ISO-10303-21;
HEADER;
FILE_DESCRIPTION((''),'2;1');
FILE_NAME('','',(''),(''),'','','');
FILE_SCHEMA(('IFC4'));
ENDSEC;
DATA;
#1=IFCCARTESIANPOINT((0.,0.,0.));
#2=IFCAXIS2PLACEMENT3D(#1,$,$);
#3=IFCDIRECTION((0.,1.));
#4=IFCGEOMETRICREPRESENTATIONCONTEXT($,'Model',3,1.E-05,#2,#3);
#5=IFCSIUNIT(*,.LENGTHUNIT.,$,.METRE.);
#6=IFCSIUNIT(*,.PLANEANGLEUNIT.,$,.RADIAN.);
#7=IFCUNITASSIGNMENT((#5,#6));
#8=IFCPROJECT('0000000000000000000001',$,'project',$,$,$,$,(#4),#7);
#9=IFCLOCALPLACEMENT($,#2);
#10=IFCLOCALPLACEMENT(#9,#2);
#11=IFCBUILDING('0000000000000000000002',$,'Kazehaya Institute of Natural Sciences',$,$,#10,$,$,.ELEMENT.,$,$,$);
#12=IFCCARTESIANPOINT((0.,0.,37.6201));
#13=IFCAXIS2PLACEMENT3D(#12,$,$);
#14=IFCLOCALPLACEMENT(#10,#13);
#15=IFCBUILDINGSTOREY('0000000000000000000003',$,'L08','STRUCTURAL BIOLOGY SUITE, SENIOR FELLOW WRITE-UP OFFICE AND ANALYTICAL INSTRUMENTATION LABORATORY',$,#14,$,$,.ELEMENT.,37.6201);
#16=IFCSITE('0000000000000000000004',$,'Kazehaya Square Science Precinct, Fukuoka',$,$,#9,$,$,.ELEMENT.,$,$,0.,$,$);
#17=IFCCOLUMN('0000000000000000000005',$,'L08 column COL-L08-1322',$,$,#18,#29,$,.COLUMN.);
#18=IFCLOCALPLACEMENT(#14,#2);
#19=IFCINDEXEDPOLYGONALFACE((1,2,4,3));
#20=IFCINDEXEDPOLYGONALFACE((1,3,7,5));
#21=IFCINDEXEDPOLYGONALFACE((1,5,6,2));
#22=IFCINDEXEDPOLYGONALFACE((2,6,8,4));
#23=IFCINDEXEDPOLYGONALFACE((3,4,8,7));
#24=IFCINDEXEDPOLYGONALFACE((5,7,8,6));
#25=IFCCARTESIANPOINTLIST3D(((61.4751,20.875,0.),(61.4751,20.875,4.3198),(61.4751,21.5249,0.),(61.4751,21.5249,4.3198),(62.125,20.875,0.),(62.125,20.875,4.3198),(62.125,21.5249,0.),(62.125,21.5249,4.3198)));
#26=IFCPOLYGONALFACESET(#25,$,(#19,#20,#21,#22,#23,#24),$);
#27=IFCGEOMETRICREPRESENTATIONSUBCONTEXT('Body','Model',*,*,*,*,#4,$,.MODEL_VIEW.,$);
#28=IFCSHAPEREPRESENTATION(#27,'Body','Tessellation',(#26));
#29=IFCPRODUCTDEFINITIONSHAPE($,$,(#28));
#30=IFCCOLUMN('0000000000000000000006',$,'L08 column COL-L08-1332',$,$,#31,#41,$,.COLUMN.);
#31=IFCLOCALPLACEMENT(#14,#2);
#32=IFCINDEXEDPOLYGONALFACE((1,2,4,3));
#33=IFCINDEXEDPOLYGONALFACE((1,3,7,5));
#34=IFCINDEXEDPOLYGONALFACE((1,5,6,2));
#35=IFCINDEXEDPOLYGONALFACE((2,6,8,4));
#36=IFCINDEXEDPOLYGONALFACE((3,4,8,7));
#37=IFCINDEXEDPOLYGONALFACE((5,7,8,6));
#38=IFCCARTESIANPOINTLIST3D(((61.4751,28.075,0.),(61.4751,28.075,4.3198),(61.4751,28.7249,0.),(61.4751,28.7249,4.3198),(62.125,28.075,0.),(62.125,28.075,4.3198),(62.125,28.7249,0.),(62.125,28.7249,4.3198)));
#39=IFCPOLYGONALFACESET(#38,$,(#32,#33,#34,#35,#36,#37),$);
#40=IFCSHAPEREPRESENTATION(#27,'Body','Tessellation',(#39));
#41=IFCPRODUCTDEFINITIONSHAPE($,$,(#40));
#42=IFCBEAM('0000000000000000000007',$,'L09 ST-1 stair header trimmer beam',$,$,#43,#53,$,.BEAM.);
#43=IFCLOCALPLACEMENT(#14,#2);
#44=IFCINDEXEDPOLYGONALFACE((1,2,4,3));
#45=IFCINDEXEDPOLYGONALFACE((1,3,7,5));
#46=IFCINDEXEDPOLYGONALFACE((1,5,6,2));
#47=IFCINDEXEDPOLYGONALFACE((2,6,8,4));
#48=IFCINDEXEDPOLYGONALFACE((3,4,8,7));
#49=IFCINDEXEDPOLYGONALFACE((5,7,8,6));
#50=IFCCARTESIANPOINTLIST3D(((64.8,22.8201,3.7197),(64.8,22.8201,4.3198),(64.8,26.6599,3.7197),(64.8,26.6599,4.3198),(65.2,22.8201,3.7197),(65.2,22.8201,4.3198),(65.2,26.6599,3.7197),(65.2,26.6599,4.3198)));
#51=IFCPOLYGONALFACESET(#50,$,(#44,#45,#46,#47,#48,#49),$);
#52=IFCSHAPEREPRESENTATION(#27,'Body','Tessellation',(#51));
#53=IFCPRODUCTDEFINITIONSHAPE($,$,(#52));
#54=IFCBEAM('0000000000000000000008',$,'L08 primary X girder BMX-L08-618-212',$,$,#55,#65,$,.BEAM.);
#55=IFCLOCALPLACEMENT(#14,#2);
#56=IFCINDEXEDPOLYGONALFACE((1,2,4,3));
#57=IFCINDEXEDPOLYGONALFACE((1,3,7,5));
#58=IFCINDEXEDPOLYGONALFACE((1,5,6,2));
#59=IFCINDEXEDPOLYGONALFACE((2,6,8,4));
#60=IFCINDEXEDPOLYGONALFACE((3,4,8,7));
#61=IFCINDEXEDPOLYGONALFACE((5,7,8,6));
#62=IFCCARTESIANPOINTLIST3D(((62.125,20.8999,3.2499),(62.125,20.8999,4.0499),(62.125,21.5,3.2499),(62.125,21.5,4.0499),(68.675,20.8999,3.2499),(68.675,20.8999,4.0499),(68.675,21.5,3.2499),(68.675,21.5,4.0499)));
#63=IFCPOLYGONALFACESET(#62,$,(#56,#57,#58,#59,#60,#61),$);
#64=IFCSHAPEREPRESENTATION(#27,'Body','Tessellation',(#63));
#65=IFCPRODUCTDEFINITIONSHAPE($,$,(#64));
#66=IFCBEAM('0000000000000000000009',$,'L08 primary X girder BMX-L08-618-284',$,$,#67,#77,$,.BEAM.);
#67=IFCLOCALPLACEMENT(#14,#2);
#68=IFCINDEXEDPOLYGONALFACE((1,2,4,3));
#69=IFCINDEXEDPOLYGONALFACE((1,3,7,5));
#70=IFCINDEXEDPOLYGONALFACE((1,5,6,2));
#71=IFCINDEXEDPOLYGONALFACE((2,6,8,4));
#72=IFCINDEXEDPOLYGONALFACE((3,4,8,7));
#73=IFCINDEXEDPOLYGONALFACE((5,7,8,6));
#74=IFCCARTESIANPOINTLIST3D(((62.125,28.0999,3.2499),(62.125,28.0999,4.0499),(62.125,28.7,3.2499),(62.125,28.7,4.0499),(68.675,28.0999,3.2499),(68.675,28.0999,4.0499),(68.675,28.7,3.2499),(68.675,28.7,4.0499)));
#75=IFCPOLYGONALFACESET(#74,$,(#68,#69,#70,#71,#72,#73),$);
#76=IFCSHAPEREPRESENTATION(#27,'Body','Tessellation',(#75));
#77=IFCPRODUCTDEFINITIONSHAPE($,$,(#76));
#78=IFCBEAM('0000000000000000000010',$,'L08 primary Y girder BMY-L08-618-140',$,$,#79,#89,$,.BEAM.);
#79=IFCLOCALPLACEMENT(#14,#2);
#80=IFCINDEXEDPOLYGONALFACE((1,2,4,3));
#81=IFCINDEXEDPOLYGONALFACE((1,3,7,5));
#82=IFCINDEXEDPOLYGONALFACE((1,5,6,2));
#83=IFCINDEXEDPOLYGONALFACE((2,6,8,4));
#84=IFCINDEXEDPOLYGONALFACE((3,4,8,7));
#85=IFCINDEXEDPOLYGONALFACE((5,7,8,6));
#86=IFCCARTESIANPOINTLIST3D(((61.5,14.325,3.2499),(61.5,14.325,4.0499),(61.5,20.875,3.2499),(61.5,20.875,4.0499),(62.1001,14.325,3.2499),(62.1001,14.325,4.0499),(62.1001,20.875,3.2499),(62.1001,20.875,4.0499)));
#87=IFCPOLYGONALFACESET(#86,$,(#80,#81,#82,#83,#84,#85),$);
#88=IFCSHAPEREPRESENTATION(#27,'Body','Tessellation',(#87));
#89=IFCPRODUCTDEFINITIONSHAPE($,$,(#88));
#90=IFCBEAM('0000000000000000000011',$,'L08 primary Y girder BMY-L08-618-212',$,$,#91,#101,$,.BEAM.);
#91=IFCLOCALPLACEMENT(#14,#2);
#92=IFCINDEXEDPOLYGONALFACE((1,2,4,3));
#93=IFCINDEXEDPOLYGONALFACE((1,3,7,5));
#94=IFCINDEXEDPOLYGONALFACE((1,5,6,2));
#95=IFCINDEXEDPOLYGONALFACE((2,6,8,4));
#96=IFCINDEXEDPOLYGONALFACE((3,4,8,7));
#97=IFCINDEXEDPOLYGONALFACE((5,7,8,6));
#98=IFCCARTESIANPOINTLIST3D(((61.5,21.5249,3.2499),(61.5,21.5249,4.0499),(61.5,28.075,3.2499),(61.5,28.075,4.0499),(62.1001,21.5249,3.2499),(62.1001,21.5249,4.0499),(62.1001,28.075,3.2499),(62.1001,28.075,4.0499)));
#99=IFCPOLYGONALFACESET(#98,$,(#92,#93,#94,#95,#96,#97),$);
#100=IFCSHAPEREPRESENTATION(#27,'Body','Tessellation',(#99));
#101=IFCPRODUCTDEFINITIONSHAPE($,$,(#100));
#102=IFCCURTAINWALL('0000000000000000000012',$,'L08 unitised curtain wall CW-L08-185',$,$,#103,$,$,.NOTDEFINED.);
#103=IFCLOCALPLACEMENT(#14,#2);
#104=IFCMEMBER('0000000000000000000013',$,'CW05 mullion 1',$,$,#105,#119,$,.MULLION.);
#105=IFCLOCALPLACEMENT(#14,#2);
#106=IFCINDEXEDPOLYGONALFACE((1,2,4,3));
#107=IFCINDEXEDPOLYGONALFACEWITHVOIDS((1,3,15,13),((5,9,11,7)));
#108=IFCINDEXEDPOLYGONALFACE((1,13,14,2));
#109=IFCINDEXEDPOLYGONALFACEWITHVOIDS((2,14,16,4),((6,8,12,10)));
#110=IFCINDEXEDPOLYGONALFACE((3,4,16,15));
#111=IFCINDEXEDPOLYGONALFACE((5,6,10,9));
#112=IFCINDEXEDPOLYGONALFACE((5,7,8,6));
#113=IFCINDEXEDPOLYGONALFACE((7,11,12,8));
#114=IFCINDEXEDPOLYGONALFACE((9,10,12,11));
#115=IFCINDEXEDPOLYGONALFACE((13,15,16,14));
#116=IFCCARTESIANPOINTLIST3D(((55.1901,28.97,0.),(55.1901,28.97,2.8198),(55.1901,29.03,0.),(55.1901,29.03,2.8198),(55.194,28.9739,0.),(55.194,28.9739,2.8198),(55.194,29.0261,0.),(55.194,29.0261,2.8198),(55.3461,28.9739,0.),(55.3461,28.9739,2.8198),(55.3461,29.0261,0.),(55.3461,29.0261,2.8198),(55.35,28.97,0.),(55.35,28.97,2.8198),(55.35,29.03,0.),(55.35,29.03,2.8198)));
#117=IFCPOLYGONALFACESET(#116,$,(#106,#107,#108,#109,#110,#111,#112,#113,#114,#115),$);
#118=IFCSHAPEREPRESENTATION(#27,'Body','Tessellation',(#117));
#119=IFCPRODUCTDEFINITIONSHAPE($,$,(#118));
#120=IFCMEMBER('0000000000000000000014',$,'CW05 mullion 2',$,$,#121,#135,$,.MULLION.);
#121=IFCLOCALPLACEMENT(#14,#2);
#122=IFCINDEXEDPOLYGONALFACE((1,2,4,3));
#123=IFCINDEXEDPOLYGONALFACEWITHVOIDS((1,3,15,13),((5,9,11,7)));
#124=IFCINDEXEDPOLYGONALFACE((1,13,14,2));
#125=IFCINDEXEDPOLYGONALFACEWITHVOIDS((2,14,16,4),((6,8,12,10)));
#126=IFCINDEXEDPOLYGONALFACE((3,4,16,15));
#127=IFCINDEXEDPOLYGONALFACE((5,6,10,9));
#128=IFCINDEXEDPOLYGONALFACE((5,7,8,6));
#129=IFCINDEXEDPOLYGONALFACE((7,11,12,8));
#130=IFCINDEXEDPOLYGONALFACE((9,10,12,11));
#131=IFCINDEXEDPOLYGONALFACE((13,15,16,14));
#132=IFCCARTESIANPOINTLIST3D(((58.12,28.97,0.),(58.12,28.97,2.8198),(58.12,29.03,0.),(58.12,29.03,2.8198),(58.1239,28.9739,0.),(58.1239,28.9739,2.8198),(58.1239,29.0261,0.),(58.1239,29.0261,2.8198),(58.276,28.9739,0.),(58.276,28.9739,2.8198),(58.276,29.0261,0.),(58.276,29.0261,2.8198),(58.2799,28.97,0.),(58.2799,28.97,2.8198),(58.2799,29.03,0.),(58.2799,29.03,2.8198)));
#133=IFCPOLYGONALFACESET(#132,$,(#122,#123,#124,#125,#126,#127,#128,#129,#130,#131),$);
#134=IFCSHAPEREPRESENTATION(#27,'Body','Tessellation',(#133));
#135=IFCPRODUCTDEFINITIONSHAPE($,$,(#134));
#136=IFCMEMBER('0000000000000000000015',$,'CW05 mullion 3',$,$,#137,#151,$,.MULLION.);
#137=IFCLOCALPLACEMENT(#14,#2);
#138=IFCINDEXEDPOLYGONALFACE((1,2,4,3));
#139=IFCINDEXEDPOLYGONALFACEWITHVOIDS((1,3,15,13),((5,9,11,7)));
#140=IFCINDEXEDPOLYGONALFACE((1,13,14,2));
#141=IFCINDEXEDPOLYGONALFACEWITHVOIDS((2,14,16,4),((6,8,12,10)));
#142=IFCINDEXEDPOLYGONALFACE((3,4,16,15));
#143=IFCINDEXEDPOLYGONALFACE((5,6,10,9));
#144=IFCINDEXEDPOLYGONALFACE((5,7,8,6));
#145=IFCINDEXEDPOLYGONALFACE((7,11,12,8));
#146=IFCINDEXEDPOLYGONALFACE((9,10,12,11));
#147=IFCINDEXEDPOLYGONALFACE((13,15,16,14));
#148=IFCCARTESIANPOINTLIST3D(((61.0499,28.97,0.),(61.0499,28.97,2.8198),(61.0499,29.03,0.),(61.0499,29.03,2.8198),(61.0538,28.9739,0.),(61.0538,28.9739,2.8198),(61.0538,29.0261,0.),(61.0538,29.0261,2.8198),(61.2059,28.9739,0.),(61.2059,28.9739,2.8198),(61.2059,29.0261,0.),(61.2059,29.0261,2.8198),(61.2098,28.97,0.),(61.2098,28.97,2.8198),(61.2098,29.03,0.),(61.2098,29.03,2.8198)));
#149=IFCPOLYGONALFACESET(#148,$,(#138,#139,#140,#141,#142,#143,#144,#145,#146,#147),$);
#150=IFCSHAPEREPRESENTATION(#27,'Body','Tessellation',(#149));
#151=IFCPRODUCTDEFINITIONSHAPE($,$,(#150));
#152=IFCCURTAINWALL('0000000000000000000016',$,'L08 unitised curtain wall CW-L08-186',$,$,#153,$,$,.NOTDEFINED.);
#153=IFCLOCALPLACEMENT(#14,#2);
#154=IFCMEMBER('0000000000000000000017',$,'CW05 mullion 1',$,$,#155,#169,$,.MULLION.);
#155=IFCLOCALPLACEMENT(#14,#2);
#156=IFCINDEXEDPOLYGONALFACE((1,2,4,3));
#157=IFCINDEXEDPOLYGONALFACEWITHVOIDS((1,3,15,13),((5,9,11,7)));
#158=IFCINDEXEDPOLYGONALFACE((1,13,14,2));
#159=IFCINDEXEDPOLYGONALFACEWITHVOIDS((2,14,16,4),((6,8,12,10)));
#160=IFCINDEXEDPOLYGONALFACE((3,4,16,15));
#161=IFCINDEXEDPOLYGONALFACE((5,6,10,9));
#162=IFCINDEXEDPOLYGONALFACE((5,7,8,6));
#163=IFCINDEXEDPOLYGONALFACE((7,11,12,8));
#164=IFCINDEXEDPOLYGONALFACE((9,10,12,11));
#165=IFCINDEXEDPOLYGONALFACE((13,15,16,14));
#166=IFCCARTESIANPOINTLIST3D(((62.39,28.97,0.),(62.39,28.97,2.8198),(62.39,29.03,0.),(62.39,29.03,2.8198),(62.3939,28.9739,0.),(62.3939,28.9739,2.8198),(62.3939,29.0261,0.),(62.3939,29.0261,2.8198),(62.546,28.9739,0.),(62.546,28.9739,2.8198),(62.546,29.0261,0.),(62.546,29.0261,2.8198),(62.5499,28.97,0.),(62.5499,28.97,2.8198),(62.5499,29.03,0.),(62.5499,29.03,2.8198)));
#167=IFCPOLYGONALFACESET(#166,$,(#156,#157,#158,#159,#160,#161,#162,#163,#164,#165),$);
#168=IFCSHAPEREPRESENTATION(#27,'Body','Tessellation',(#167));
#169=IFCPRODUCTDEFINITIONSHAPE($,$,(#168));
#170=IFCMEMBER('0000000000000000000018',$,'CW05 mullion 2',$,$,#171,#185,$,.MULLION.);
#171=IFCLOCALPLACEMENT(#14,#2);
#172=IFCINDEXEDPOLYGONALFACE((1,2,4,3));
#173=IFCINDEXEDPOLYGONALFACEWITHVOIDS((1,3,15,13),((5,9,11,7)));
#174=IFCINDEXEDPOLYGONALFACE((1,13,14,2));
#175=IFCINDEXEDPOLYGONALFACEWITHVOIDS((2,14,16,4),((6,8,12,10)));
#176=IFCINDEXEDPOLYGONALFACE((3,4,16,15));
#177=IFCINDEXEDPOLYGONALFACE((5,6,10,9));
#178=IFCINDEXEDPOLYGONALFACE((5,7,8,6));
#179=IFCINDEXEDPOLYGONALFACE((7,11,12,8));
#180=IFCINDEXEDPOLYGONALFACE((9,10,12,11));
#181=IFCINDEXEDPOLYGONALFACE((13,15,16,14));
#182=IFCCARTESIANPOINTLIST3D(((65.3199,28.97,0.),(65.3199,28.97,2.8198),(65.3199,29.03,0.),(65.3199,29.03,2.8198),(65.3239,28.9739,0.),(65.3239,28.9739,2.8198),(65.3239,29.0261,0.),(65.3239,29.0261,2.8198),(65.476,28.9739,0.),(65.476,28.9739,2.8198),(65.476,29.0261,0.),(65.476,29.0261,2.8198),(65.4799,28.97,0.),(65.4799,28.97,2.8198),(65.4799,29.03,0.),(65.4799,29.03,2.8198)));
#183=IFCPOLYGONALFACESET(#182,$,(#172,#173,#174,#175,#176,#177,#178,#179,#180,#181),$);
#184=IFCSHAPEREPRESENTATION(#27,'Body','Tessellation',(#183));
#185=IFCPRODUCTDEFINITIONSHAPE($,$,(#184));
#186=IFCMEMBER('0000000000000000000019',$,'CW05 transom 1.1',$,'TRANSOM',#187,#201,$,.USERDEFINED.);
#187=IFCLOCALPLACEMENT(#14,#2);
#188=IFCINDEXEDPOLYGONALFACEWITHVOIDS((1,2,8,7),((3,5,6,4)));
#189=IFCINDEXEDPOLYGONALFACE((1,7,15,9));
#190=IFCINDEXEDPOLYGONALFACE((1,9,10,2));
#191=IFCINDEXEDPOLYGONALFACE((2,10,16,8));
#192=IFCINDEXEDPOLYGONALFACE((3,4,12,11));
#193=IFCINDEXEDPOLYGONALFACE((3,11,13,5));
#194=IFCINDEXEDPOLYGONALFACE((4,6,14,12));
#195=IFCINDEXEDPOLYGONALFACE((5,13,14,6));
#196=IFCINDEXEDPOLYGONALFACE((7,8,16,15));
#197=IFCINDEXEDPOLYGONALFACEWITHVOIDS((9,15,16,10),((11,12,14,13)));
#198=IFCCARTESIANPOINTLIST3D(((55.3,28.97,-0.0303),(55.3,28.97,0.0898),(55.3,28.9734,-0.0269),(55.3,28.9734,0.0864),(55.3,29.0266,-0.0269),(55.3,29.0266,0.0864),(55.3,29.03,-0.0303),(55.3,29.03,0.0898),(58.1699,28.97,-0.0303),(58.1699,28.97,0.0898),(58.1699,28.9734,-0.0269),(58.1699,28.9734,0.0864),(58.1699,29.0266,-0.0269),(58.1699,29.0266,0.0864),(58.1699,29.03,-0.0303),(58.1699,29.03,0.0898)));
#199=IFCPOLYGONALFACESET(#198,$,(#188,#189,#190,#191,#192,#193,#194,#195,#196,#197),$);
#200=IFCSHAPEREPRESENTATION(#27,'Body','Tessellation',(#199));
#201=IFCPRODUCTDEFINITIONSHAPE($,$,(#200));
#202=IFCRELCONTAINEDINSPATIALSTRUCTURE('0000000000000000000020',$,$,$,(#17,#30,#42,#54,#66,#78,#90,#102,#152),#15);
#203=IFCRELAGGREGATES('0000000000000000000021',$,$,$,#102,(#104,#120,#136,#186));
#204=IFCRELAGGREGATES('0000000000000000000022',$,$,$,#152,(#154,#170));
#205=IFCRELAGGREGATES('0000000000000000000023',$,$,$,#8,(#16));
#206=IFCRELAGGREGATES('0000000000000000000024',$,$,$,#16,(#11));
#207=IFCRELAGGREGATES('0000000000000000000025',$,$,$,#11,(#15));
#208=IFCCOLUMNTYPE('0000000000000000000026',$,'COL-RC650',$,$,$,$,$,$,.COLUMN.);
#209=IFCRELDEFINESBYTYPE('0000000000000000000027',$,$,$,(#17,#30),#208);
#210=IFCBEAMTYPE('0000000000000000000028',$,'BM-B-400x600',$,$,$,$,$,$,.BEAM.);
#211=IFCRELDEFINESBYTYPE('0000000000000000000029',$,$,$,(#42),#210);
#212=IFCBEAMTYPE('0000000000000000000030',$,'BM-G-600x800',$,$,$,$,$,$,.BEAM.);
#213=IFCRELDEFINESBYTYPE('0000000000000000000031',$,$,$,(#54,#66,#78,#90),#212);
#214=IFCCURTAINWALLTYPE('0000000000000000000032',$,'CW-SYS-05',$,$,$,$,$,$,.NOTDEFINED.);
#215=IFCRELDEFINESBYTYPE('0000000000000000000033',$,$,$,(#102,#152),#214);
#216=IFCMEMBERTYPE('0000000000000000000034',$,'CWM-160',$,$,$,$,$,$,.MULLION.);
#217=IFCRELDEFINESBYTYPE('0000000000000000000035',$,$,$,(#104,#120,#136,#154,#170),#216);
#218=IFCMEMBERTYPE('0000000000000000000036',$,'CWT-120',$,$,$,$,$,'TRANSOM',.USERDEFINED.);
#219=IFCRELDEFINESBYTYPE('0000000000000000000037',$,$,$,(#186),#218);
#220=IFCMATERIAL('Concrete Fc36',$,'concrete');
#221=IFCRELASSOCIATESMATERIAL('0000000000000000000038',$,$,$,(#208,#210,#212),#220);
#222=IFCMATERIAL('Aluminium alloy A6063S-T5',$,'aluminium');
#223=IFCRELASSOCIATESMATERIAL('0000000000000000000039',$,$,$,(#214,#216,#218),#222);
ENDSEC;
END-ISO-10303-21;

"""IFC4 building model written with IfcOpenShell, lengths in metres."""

from ifc_helpers import new_model, si_unit, direction, frame, origin, origin_2d, place, context, subcontext, project, spatial, rectangle, hollow_rectangle, extrude, material, material_profile, profile_set, type_object, element, aggregate, save


model = new_model("IFC4")

# Units and contexts
model_context = context("Model", 3, precision=1e-05, world=origin(), true_north=direction((0.0, 1.0)))
body_context = subcontext(model_context, "Body", "Model", "MODEL_VIEW")
ifc_project = project(units=[si_unit("LENGTHUNIT", "METRE"), si_unit("PLANEANGLEUNIT", "RADIAN")], contexts=[model_context])

# Site, building, storey
site_placement = place(None, origin())
site = spatial("IfcSite", under=ifc_project, at=site_placement, Name="Kazehaya Square Science Precinct, Fukuoka", CompositionType="ELEMENT", RefElevation=0.0)
building_placement = place(site_placement, origin())
building = spatial("IfcBuilding", under=site, at=building_placement, Name="Kazehaya Institute of Natural Sciences", CompositionType="ELEMENT")
storey_placement = place(building_placement, frame((0.0, 0.0, 37.6201)))
storey = spatial("IfcBuildingStorey", under=building, at=storey_placement, Name="L08", Description="STRUCTURAL BIOLOGY SUITE, SENIOR FELLOW WRITE-UP OFFICE AND ANALYTICAL INSTRUMENTATION LABORATORY", CompositionType="ELEMENT", Elevation=37.6201)

# Columns
ifc_material_1 = material(Name="Concrete Fc36", Category="concrete")
ifc_material_profile_1 = material_profile(ifc_material_1, rectangle(XDim=0.6499, YDim=0.6499, at=origin_2d()), Name="RC-650x650")
ifc_profile_set_1 = profile_set([ifc_material_profile_1], Name="Concrete Fc36")
column_type = type_object("IfcColumnType", Name="COL-RC650", PredefinedType="COLUMN", material=ifc_profile_set_1)
for number, where, z_axis, x_axis, name in (
    (1, (61.8, 21.2, 0.0), (0.0, 0.0, 1.0), (1.0, 0.0, 0.0), "L08 column COL-L08-1322"),
    (2, (61.8, 28.3999, 0.0), (0.0, 0.0, 1.0), (1.0, 0.0, 0.0), "L08 column COL-L08-1332"),
):
    element("IfcColumn", number, at=place(storey_placement, frame(where, z_axis=z_axis, x_axis=x_axis)), inside=storey, type_object=column_type, Name=name, PredefinedType="COLUMN", context=body_context, shape_type="SweptSolid", body=[
        extrude(rectangle(XDim=0.6499, YDim=0.6499, at=origin_2d()), origin(), (0.0, 0.0, 1.0), 4.3198),
    ])

# Beams
ifc_material_profile_2 = material_profile(ifc_material_1, rectangle(XDim=0.3999, YDim=0.6001, at=origin_2d()), Name="RC-400x600")
ifc_profile_set_2 = profile_set([ifc_material_profile_2], Name="Concrete Fc36")
beam_type_1 = type_object("IfcBeamType", Name="BM-B-400x600", PredefinedType="BEAM", material=ifc_profile_set_2)
beam_placement = place(storey_placement, frame((65.0, 22.8201, 4.0198), z_axis=(0.0, 1.0, 0.0), x_axis=(-1.0, 0.0, 0.0)))
element("IfcBeam", 3, at=beam_placement, inside=storey, type_object=beam_type_1, Name="L09 ST-1 stair header trimmer beam", PredefinedType="BEAM", context=body_context, shape_type="SweptSolid", body=[
    extrude(rectangle(XDim=0.3999, YDim=0.6001, at=origin_2d()), origin(), (0.0, 0.0, 1.0), 3.8398),
])
ifc_material_profile_3 = material_profile(ifc_material_1, rectangle(XDim=0.6001, YDim=0.8, at=origin_2d()), Name="RC-600x800")
ifc_profile_set_3 = profile_set([ifc_material_profile_3], Name="Concrete Fc36")
beam_type_2 = type_object("IfcBeamType", Name="BM-G-600x800", PredefinedType="BEAM", material=ifc_profile_set_3)
for number, where, z_axis, x_axis, name in (
    (4, (62.125, 21.2, 3.6499), (1.0, 0.0, 0.0), (0.0, 1.0, 0.0), "L08 primary X girder BMX-L08-618-212"),
    (5, (62.125, 28.3999, 3.6499), (1.0, 0.0, 0.0), (0.0, 1.0, 0.0), "L08 primary X girder BMX-L08-618-284"),
    (6, (61.8, 14.325, 3.6499), (0.0, 1.0, 0.0), (-1.0, 0.0, 0.0), "L08 primary Y girder BMY-L08-618-140"),
    (7, (61.8, 21.5249, 3.6499), (0.0, 1.0, 0.0), (-1.0, 0.0, 0.0), "L08 primary Y girder BMY-L08-618-212"),
):
    element("IfcBeam", number, at=place(storey_placement, frame(where, z_axis=z_axis, x_axis=x_axis)), inside=storey, type_object=beam_type_2, Name=name, PredefinedType="BEAM", context=body_context, shape_type="SweptSolid", body=[
        extrude(rectangle(XDim=0.6001, YDim=0.8, at=origin_2d()), origin(), (0.0, 0.0, 1.0), 6.55),
    ])

# Curtain walls, members
ifc_material_2 = material(Name="Aluminium alloy A6063S-T5", Category="aluminium")
curtain_wall_type = type_object("IfcCurtainWallType", Name="CW-SYS-05", PredefinedType="NOTDEFINED", material=ifc_material_2)
curtain_wall_1_placement = place(storey_placement, origin())
curtain_wall_1 = element("IfcCurtainWall", 8, at=curtain_wall_1_placement, inside=storey, type_object=curtain_wall_type, Name="L08 unitised curtain wall CW-L08-185", PredefinedType="NOTDEFINED")
ifc_material_profile_4 = material_profile(ifc_material_2, hollow_rectangle(XDim=0.0601, YDim=0.1599, WallThickness=0.0039, at=origin_2d()), Name="ALU-60x160x4")
ifc_profile_set_4 = profile_set([ifc_material_profile_4], Name="Aluminium alloy A6063S-T5")
member_type_1 = type_object("IfcMemberType", Name="CWM-160", PredefinedType="MULLION", material=ifc_profile_set_4)
member_1_placement = place(storey_placement, frame((55.27, 29.0, 0.0), z_axis=(0.0, 0.0, 1.0), x_axis=(0.0, 1.0, 0.0)))
member_1 = element("IfcMember", 9, at=member_1_placement, type_object=member_type_1, Name="CW05 mullion 1", PredefinedType="MULLION", context=body_context, shape_type="SweptSolid", body=[
    extrude(hollow_rectangle(XDim=0.0601, YDim=0.1599, WallThickness=0.0039, at=origin_2d()), origin(), (0.0, 0.0, 1.0), 2.8198),
])
member_2_placement = place(storey_placement, frame((58.2, 29.0, 0.0), z_axis=(0.0, 0.0, 1.0), x_axis=(0.0, 1.0, 0.0)))
member_2 = element("IfcMember", 10, at=member_2_placement, type_object=member_type_1, Name="CW05 mullion 2", PredefinedType="MULLION", context=body_context, shape_type="SweptSolid", body=[
    extrude(hollow_rectangle(XDim=0.0601, YDim=0.1599, WallThickness=0.0039, at=origin_2d()), origin(), (0.0, 0.0, 1.0), 2.8198),
])
member_3_placement = place(storey_placement, frame((61.1299, 29.0, 0.0), z_axis=(0.0, 0.0, 1.0), x_axis=(0.0, 1.0, 0.0)))
member_3 = element("IfcMember", 11, at=member_3_placement, type_object=member_type_1, Name="CW05 mullion 3", PredefinedType="MULLION", context=body_context, shape_type="SweptSolid", body=[
    extrude(hollow_rectangle(XDim=0.0601, YDim=0.1599, WallThickness=0.0039, at=origin_2d()), origin(), (0.0, 0.0, 1.0), 2.8198),
])
curtain_wall_2_placement = place(storey_placement, origin())
curtain_wall_2 = element("IfcCurtainWall", 12, at=curtain_wall_2_placement, inside=storey, type_object=curtain_wall_type, Name="L08 unitised curtain wall CW-L08-186", PredefinedType="NOTDEFINED")
member_4_placement = place(storey_placement, frame((62.47, 29.0, 0.0), z_axis=(0.0, 0.0, 1.0), x_axis=(0.0, 1.0, 0.0)))
member_4 = element("IfcMember", 13, at=member_4_placement, type_object=member_type_1, Name="CW05 mullion 1", PredefinedType="MULLION", context=body_context, shape_type="SweptSolid", body=[
    extrude(hollow_rectangle(XDim=0.0601, YDim=0.1599, WallThickness=0.0039, at=origin_2d()), origin(), (0.0, 0.0, 1.0), 2.8198),
])
member_5_placement = place(storey_placement, frame((65.3999, 29.0, 0.0), z_axis=(0.0, 0.0, 1.0), x_axis=(0.0, 1.0, 0.0)))
member_5 = element("IfcMember", 14, at=member_5_placement, type_object=member_type_1, Name="CW05 mullion 2", PredefinedType="MULLION", context=body_context, shape_type="SweptSolid", body=[
    extrude(hollow_rectangle(XDim=0.0601, YDim=0.1599, WallThickness=0.0039, at=origin_2d()), origin(), (0.0, 0.0, 1.0), 2.8198),
])

# Member
ifc_material_profile_5 = material_profile(ifc_material_2, hollow_rectangle(XDim=0.0601, YDim=0.1201, WallThickness=0.0034, at=origin_2d()), Name="ALU-60x120x3.5")
ifc_profile_set_5 = profile_set([ifc_material_profile_5], Name="Aluminium alloy A6063S-T5")
member_type_2 = type_object("IfcMemberType", Name="CWT-120", ElementType="TRANSOM", PredefinedType="USERDEFINED", material=ifc_profile_set_5)
member_6_placement = place(storey_placement, frame((55.3, 29.0, 0.0298), z_axis=(1.0, 0.0, 0.0), x_axis=(0.0, 1.0, 0.0)))
member_6 = element("IfcMember", 15, at=member_6_placement, type_object=member_type_2, Name="CW05 transom 1.1", ObjectType="TRANSOM", PredefinedType="USERDEFINED", context=body_context, shape_type="SweptSolid", body=[
    extrude(hollow_rectangle(XDim=0.0601, YDim=0.1201, WallThickness=0.0034, at=origin_2d()), origin(), (0.0, 0.0, 1.0), 2.8699),
])

aggregate(curtain_wall_1, [member_1, member_2, member_3, member_6])
aggregate(curtain_wall_2, [member_4, member_5])

save(model, "model.ifc")
